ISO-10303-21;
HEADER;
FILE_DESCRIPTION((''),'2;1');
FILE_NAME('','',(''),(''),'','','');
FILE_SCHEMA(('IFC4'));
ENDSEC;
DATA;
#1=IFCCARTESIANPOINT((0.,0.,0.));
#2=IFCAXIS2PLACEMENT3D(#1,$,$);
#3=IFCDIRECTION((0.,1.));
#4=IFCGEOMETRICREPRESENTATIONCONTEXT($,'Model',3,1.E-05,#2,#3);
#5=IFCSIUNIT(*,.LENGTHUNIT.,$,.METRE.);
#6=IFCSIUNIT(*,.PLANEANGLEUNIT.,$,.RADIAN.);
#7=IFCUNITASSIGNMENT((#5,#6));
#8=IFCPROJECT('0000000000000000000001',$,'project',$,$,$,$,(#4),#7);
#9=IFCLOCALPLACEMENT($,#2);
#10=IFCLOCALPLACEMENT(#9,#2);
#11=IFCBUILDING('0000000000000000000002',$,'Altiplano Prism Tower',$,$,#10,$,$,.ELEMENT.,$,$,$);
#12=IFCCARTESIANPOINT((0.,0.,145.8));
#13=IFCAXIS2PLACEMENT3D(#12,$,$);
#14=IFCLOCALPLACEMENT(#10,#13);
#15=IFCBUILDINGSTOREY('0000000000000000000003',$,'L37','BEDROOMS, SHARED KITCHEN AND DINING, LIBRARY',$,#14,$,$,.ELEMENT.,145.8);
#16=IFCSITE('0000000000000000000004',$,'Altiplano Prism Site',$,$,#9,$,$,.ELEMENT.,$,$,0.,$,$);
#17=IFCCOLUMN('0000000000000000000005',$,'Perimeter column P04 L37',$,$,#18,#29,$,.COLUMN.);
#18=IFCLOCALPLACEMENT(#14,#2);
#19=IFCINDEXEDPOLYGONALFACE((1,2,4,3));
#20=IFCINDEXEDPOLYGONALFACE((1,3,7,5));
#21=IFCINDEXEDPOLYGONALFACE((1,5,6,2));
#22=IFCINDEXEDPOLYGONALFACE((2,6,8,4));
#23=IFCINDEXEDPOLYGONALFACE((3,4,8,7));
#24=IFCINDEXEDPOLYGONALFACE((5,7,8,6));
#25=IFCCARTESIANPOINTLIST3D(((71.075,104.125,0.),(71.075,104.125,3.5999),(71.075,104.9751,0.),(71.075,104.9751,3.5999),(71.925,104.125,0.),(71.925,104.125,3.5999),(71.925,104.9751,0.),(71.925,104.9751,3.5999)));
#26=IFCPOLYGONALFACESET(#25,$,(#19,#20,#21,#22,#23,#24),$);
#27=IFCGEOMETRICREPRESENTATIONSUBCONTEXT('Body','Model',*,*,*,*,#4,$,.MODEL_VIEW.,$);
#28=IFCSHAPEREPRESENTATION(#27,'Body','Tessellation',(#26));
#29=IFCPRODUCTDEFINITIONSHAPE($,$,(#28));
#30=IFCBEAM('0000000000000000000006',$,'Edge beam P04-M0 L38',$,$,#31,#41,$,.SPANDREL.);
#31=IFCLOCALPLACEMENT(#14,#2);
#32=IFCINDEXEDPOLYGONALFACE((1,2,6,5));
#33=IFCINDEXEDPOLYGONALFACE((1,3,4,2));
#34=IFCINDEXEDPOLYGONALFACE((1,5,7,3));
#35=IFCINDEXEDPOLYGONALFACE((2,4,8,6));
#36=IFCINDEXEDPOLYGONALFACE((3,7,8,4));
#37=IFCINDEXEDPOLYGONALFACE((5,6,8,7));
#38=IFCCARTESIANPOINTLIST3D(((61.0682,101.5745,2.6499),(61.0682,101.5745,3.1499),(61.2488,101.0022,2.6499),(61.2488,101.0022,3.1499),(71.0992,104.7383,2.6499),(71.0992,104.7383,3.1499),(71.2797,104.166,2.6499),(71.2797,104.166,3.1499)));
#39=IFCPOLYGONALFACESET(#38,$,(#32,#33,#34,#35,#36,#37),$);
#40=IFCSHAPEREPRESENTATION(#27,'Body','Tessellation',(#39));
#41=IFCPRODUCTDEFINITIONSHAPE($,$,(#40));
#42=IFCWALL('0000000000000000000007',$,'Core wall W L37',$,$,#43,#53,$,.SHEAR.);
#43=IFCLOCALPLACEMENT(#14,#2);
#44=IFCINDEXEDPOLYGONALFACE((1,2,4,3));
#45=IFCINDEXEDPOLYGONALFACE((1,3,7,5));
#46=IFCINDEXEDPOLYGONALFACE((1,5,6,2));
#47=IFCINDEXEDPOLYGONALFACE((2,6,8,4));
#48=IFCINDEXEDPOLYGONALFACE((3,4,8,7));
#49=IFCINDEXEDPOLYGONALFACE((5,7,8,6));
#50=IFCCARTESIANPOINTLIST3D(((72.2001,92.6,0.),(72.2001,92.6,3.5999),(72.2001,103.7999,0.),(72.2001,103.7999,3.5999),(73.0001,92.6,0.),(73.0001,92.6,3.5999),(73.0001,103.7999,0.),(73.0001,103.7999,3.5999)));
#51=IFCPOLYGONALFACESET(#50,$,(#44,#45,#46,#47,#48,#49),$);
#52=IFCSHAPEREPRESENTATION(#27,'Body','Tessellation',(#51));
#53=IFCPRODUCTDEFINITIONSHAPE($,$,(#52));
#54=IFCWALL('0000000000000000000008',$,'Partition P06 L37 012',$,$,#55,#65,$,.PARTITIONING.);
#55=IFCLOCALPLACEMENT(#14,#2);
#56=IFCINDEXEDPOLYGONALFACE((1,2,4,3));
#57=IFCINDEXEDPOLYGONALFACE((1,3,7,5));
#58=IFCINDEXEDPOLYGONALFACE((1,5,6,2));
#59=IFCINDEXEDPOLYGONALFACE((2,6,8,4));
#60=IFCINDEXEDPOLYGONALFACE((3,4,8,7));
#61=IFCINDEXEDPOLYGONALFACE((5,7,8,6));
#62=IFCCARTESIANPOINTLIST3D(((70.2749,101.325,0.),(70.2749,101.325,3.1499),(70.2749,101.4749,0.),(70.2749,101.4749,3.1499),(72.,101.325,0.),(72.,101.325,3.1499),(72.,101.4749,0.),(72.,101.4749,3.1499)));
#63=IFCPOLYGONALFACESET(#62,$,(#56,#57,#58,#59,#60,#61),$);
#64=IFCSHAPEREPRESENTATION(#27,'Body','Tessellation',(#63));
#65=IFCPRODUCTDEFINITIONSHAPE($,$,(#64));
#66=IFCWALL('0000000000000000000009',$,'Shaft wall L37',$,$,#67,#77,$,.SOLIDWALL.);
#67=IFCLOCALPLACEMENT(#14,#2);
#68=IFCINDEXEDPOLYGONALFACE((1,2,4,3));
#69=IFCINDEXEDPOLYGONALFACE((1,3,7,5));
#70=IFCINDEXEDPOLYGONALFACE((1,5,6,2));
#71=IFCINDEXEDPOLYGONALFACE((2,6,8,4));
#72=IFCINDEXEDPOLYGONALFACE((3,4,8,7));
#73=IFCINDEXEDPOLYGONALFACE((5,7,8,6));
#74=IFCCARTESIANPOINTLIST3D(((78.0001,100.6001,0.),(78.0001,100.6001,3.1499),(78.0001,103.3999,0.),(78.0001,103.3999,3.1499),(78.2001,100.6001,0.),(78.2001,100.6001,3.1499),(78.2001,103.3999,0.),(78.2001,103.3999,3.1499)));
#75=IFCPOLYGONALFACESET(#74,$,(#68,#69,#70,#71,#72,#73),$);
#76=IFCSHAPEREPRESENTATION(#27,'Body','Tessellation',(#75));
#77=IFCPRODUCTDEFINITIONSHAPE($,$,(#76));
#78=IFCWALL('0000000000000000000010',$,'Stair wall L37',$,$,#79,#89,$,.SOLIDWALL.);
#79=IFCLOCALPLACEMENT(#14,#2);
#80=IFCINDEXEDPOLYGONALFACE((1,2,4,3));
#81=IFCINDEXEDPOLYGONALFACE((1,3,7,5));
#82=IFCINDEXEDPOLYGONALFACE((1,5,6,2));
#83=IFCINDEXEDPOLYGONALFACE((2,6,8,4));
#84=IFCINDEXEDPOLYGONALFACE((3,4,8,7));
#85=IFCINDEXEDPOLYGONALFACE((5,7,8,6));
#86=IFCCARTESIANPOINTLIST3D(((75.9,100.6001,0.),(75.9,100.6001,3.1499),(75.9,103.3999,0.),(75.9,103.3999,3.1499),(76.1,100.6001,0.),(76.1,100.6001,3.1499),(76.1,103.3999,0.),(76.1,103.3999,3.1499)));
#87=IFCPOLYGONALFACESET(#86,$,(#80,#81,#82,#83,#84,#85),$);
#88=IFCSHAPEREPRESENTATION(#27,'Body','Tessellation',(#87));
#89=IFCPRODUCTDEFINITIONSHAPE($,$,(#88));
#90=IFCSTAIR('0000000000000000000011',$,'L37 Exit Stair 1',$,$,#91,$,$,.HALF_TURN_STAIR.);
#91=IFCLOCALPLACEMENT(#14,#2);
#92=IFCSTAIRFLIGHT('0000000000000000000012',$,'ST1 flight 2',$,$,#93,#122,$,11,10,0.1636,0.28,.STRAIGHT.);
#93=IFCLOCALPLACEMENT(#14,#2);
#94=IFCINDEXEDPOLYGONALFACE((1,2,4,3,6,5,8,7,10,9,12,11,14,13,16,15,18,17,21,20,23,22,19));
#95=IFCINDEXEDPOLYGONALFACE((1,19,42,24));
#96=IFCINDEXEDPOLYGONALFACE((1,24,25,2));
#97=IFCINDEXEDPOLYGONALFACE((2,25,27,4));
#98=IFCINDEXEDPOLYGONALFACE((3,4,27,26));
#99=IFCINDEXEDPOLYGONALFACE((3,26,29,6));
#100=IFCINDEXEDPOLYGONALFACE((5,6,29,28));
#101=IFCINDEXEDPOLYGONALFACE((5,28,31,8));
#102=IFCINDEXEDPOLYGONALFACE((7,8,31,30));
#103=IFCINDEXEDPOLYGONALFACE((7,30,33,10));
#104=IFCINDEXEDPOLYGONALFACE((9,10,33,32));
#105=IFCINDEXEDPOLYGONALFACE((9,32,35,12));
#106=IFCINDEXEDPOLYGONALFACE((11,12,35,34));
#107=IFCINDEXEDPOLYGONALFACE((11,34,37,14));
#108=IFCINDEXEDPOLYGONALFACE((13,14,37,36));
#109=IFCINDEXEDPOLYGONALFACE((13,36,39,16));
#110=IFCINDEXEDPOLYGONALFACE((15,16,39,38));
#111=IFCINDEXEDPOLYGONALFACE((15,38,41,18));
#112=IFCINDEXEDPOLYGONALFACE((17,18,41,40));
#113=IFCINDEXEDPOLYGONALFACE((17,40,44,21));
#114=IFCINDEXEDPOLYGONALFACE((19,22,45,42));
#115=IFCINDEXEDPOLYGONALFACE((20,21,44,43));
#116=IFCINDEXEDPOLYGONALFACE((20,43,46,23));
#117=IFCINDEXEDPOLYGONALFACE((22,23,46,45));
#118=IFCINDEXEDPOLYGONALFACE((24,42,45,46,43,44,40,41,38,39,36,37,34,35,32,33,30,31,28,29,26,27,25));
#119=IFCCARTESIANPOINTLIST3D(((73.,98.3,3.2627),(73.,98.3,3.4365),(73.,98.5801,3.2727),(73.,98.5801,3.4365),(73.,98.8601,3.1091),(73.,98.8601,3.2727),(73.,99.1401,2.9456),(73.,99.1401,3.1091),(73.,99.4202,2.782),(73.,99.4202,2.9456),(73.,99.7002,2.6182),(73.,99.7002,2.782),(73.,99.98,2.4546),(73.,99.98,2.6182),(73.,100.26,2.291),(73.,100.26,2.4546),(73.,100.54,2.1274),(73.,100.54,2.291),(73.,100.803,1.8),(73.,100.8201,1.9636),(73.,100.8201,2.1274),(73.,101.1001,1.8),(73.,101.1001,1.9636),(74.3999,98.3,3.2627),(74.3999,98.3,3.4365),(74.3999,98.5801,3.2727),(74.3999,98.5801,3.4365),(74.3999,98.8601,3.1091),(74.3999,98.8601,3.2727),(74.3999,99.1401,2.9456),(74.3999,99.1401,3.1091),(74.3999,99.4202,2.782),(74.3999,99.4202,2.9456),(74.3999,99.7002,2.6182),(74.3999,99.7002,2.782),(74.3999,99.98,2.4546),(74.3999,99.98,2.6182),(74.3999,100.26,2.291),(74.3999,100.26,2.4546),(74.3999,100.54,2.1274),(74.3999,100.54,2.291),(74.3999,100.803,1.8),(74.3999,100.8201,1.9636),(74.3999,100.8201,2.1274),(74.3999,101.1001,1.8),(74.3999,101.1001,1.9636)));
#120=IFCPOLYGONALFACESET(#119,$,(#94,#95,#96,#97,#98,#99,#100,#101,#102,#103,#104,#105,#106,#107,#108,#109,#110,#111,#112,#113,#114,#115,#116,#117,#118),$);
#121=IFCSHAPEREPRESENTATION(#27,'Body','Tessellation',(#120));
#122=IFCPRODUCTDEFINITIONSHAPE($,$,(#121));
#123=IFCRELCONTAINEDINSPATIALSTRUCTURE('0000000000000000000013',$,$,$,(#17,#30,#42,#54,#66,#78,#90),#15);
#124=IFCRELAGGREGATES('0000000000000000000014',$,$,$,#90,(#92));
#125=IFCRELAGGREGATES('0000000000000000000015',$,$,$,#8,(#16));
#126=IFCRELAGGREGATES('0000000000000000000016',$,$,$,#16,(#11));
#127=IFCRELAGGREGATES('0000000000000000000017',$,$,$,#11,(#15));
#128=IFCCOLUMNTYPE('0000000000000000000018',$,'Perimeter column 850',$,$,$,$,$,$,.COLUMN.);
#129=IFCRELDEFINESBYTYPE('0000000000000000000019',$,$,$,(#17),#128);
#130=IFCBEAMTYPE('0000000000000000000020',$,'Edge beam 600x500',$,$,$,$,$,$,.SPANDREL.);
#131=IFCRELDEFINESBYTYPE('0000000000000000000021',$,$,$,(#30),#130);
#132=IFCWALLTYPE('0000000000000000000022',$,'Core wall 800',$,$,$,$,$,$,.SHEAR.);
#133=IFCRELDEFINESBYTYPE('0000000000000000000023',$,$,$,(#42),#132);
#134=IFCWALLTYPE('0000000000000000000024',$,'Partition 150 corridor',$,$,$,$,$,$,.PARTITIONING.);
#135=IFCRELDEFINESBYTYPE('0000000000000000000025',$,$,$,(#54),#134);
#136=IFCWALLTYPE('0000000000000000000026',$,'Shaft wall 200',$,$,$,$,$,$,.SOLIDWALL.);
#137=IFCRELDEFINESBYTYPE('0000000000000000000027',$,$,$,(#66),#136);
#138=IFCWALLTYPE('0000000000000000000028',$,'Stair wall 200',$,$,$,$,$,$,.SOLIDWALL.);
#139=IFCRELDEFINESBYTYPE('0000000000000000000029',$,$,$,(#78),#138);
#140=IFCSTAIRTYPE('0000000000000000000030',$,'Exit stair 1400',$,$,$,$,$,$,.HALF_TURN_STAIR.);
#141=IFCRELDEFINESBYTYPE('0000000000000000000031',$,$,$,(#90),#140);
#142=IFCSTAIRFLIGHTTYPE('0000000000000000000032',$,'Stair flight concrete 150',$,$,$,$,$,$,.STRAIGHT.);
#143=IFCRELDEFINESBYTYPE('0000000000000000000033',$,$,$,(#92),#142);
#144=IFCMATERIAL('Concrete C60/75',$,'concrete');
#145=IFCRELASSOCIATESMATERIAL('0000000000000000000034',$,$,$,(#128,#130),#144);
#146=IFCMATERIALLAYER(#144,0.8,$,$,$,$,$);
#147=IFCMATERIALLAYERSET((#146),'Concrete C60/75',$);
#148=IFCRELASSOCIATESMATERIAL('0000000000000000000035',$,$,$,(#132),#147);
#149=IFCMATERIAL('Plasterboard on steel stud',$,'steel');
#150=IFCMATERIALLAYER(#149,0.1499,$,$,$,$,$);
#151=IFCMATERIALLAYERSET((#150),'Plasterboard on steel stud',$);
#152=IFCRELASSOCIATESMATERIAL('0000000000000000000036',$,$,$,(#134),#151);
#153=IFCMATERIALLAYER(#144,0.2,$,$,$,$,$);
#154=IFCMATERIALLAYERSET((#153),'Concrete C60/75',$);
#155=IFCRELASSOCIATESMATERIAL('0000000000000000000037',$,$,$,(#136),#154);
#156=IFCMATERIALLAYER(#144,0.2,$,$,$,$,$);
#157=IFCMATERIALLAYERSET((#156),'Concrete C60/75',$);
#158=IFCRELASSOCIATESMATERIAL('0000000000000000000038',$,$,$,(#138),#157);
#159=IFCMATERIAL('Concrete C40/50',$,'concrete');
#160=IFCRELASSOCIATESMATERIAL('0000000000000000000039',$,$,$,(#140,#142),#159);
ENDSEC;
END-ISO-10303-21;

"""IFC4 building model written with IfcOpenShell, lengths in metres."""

from ifc_helpers import new_model, si_unit, direction, frame, frame_2d, origin, origin_2d, place, context, subcontext, project, spatial, polyline, rectangle, outline, extrude, material, layer, layer_set, material_profile, profile_set, type_object, element, aggregate, save


model = new_model("IFC4")

# Units and contexts
model_context = context("Model", 3, precision=1e-05, world=origin(), true_north=direction((0.0, 1.0)))
body_context = subcontext(model_context, "Body", "Model", "MODEL_VIEW")
ifc_project = project(units=[si_unit("LENGTHUNIT", "METRE"), si_unit("PLANEANGLEUNIT", "RADIAN")], contexts=[model_context])

# Site, building, storey
site_placement = place(None, origin())
site = spatial("IfcSite", under=ifc_project, at=site_placement, Name="Altiplano Prism Site", CompositionType="ELEMENT", RefElevation=0.0)
building_placement = place(site_placement, origin())
building = spatial("IfcBuilding", under=site, at=building_placement, Name="Altiplano Prism Tower", CompositionType="ELEMENT")
storey_placement = place(building_placement, frame((0.0, 0.0, 145.8)))
storey = spatial("IfcBuildingStorey", under=building, at=storey_placement, Name="L37", Description="BEDROOMS, SHARED KITCHEN AND DINING, LIBRARY", CompositionType="ELEMENT", Elevation=145.8)

# Column
ifc_material_1 = material(Name="Concrete C60/75", Category="concrete")
ifc_material_profile_1 = material_profile(ifc_material_1, rectangle(XDim=0.8501, YDim=0.8501, at=origin_2d()), Name="Perimeter column 850")
ifc_profile_set_1 = profile_set([ifc_material_profile_1], Name="Concrete C60/75")
column_type = type_object("IfcColumnType", Name="Perimeter column 850", PredefinedType="COLUMN", material=ifc_profile_set_1)
column_placement = place(storey_placement, frame((71.5, 104.55, 0.0), z_axis=(0.0, 0.0, 1.0), x_axis=(1.0, 0.0, 0.0)))
element("IfcColumn", 1, at=column_placement, inside=storey, type_object=column_type, Name="Perimeter column P04 L37", PredefinedType="COLUMN", context=body_context, shape_type="SweptSolid", body=[
    extrude(rectangle(XDim=0.8501, YDim=0.8501, at=origin_2d()), origin(), (0.0, 0.0, 1.0), 3.5999),
])

# Beam
ifc_material_profile_2 = material_profile(ifc_material_1, rectangle(XDim=0.6001, YDim=0.5, at=origin_2d()), Name="Edge beam 600x500")
ifc_profile_set_2 = profile_set([ifc_material_profile_2], Name="Concrete C60/75")
beam_type = type_object("IfcBeamType", Name="Edge beam 600x500", PredefinedType="SPANDREL", material=ifc_profile_set_2)
beam_placement = place(storey_placement, frame((71.1895, 104.4521, 2.8999), z_axis=(-0.953688, -0.300797, 0.0), x_axis=(0.300797, -0.953688, 0.0)))
element("IfcBeam", 2, at=beam_placement, inside=storey, type_object=beam_type, Name="Edge beam P04-M0 L38", PredefinedType="SPANDREL", context=body_context, shape_type="SweptSolid", body=[
    extrude(rectangle(XDim=0.6001, YDim=0.5, at=origin_2d()), origin(), (0.0, 0.0, 1.0), 10.5181),
])

# Walls
ifc_layer_1 = layer(ifc_material_1, 0.8)
ifc_layer_set_1 = layer_set([ifc_layer_1], Name="Concrete C60/75")
wall_type_1 = type_object("IfcWallType", Name="Core wall 800", PredefinedType="SHEAR", material=ifc_layer_set_1)
wall_1_placement = place(storey_placement, frame((72.6001, 103.8, 0.0), z_axis=(0.0, 0.0, 1.0), x_axis=(0.0, -1.0, 0.0)))
element("IfcWall", 3, at=wall_1_placement, inside=storey, type_object=wall_type_1, Name="Core wall W L37", PredefinedType="SHEAR", context=body_context, shape_type="SweptSolid", body=[
    extrude(rectangle(XDim=11.2, YDim=0.8, at=frame_2d((5.6001, 0.0))), origin(), (0.0, 0.0, 1.0), 3.5999),
])
ifc_material_2 = material(Name="Plasterboard on steel stud", Category="steel")
ifc_layer_2 = layer(ifc_material_2, 0.1499)
ifc_layer_set_2 = layer_set([ifc_layer_2], Name="Plasterboard on steel stud")
wall_type_2 = type_object("IfcWallType", Name="Partition 150 corridor", PredefinedType="PARTITIONING", material=ifc_layer_set_2)
wall_2_placement = place(storey_placement, frame((72.0, 101.3999, 0.0), z_axis=(0.0, 0.0, 1.0), x_axis=(-1.0, 0.0, 0.0)))
element("IfcWall", 4, at=wall_2_placement, inside=storey, type_object=wall_type_2, Name="Partition P06 L37 012", PredefinedType="PARTITIONING", context=body_context, shape_type="SweptSolid", body=[
    extrude(rectangle(XDim=1.7251, YDim=0.1499, at=frame_2d((0.8625, 0.0))), origin(), (0.0, 0.0, 1.0), 3.1499),
])
ifc_layer_3 = layer(ifc_material_1, 0.2)
ifc_layer_set_3 = layer_set([ifc_layer_3], Name="Concrete C60/75")
wall_type_3 = type_object("IfcWallType", Name="Shaft wall 200", PredefinedType="SOLIDWALL", material=ifc_layer_set_3)
wall_3_placement = place(storey_placement, frame((78.1001, 100.6001, 0.0), z_axis=(0.0, 0.0, 1.0), x_axis=(0.0, 1.0, 0.0)))
element("IfcWall", 5, at=wall_3_placement, inside=storey, type_object=wall_type_3, Name="Shaft wall L37", PredefinedType="SOLIDWALL", context=body_context, shape_type="SweptSolid", body=[
    extrude(rectangle(XDim=2.7998, YDim=0.2, at=frame_2d((1.3999, 0.0))), origin(), (0.0, 0.0, 1.0), 3.1499),
])
ifc_layer_4 = layer(ifc_material_1, 0.2)
ifc_layer_set_4 = layer_set([ifc_layer_4], Name="Concrete C60/75")
wall_type_4 = type_object("IfcWallType", Name="Stair wall 200", PredefinedType="SOLIDWALL", material=ifc_layer_set_4)
wall_4_placement = place(storey_placement, frame((76.0, 100.6001, 0.0), z_axis=(0.0, 0.0, 1.0), x_axis=(0.0, 1.0, 0.0)))
element("IfcWall", 6, at=wall_4_placement, inside=storey, type_object=wall_type_4, Name="Stair wall L37", PredefinedType="SOLIDWALL", context=body_context, shape_type="SweptSolid", body=[
    extrude(rectangle(XDim=2.7998, YDim=0.2, at=frame_2d((1.3999, 0.0))), origin(), (0.0, 0.0, 1.0), 3.1499),
])

# Stair, stair flight
ifc_material_3 = material(Name="Concrete C40/50", Category="concrete")
stair_type = type_object("IfcStairType", Name="Exit stair 1400", PredefinedType="HALF_TURN_STAIR", material=ifc_material_3)
stair_placement = place(storey_placement, origin())
stair = element("IfcStair", 7, at=stair_placement, inside=storey, type_object=stair_type, Name="L37 Exit Stair 1", PredefinedType="HALF_TURN_STAIR")
stair_flight_type = type_object("IfcStairFlightType", Name="Stair flight concrete 150", PredefinedType="STRAIGHT", material=ifc_material_3)
stair_flight_placement = place(storey_placement, frame((73.7, 101.1001, 1.8), z_axis=(0.0, 0.0, 1.0), x_axis=(0.0, -1.0, 0.0)))
stair_flight = element("IfcStairFlight", 8, at=stair_flight_placement, type_object=stair_flight_type, Name="ST1 flight 2", NumberOfRisers=11, NumberOfTreads=10, PredefinedType="STRAIGHT", RiserHeight=0.1636, TreadLength=0.28, context=body_context, shape_type="SweptSolid", body=[
    extrude(outline(polyline([(0.0, 0.0), (0.0, 0.1636), (0.28, 0.1636), (0.28, 0.3274), (0.5601, 0.3274), (0.5601, 0.491), (0.8401, 0.491), (0.8401, 0.6545), (1.1201, 0.6545), (1.1201, 0.8181), (1.3999, 0.8181), (1.3999, 0.9819), (1.6799, 0.9819), (1.6799, 1.1455), (1.96, 1.1455), (1.96, 1.3091), (2.24, 1.3091), (2.24, 1.4727), (2.52, 1.4727), (2.52, 1.6365), (2.8, 1.6365), (2.8, 1.8), (2.8, 1.4626), (0.2971, 0.0), (0.0, 0.0)])), frame((0.0, 0.7, 0.0), z_axis=(0.0, -1.0, 0.0), x_axis=(1.0, 0.0, 0.0)), (0.0, 0.0, 1.0), 1.3999),
])
aggregate(stair, [stair_flight])

save(model, "model.ifc")
